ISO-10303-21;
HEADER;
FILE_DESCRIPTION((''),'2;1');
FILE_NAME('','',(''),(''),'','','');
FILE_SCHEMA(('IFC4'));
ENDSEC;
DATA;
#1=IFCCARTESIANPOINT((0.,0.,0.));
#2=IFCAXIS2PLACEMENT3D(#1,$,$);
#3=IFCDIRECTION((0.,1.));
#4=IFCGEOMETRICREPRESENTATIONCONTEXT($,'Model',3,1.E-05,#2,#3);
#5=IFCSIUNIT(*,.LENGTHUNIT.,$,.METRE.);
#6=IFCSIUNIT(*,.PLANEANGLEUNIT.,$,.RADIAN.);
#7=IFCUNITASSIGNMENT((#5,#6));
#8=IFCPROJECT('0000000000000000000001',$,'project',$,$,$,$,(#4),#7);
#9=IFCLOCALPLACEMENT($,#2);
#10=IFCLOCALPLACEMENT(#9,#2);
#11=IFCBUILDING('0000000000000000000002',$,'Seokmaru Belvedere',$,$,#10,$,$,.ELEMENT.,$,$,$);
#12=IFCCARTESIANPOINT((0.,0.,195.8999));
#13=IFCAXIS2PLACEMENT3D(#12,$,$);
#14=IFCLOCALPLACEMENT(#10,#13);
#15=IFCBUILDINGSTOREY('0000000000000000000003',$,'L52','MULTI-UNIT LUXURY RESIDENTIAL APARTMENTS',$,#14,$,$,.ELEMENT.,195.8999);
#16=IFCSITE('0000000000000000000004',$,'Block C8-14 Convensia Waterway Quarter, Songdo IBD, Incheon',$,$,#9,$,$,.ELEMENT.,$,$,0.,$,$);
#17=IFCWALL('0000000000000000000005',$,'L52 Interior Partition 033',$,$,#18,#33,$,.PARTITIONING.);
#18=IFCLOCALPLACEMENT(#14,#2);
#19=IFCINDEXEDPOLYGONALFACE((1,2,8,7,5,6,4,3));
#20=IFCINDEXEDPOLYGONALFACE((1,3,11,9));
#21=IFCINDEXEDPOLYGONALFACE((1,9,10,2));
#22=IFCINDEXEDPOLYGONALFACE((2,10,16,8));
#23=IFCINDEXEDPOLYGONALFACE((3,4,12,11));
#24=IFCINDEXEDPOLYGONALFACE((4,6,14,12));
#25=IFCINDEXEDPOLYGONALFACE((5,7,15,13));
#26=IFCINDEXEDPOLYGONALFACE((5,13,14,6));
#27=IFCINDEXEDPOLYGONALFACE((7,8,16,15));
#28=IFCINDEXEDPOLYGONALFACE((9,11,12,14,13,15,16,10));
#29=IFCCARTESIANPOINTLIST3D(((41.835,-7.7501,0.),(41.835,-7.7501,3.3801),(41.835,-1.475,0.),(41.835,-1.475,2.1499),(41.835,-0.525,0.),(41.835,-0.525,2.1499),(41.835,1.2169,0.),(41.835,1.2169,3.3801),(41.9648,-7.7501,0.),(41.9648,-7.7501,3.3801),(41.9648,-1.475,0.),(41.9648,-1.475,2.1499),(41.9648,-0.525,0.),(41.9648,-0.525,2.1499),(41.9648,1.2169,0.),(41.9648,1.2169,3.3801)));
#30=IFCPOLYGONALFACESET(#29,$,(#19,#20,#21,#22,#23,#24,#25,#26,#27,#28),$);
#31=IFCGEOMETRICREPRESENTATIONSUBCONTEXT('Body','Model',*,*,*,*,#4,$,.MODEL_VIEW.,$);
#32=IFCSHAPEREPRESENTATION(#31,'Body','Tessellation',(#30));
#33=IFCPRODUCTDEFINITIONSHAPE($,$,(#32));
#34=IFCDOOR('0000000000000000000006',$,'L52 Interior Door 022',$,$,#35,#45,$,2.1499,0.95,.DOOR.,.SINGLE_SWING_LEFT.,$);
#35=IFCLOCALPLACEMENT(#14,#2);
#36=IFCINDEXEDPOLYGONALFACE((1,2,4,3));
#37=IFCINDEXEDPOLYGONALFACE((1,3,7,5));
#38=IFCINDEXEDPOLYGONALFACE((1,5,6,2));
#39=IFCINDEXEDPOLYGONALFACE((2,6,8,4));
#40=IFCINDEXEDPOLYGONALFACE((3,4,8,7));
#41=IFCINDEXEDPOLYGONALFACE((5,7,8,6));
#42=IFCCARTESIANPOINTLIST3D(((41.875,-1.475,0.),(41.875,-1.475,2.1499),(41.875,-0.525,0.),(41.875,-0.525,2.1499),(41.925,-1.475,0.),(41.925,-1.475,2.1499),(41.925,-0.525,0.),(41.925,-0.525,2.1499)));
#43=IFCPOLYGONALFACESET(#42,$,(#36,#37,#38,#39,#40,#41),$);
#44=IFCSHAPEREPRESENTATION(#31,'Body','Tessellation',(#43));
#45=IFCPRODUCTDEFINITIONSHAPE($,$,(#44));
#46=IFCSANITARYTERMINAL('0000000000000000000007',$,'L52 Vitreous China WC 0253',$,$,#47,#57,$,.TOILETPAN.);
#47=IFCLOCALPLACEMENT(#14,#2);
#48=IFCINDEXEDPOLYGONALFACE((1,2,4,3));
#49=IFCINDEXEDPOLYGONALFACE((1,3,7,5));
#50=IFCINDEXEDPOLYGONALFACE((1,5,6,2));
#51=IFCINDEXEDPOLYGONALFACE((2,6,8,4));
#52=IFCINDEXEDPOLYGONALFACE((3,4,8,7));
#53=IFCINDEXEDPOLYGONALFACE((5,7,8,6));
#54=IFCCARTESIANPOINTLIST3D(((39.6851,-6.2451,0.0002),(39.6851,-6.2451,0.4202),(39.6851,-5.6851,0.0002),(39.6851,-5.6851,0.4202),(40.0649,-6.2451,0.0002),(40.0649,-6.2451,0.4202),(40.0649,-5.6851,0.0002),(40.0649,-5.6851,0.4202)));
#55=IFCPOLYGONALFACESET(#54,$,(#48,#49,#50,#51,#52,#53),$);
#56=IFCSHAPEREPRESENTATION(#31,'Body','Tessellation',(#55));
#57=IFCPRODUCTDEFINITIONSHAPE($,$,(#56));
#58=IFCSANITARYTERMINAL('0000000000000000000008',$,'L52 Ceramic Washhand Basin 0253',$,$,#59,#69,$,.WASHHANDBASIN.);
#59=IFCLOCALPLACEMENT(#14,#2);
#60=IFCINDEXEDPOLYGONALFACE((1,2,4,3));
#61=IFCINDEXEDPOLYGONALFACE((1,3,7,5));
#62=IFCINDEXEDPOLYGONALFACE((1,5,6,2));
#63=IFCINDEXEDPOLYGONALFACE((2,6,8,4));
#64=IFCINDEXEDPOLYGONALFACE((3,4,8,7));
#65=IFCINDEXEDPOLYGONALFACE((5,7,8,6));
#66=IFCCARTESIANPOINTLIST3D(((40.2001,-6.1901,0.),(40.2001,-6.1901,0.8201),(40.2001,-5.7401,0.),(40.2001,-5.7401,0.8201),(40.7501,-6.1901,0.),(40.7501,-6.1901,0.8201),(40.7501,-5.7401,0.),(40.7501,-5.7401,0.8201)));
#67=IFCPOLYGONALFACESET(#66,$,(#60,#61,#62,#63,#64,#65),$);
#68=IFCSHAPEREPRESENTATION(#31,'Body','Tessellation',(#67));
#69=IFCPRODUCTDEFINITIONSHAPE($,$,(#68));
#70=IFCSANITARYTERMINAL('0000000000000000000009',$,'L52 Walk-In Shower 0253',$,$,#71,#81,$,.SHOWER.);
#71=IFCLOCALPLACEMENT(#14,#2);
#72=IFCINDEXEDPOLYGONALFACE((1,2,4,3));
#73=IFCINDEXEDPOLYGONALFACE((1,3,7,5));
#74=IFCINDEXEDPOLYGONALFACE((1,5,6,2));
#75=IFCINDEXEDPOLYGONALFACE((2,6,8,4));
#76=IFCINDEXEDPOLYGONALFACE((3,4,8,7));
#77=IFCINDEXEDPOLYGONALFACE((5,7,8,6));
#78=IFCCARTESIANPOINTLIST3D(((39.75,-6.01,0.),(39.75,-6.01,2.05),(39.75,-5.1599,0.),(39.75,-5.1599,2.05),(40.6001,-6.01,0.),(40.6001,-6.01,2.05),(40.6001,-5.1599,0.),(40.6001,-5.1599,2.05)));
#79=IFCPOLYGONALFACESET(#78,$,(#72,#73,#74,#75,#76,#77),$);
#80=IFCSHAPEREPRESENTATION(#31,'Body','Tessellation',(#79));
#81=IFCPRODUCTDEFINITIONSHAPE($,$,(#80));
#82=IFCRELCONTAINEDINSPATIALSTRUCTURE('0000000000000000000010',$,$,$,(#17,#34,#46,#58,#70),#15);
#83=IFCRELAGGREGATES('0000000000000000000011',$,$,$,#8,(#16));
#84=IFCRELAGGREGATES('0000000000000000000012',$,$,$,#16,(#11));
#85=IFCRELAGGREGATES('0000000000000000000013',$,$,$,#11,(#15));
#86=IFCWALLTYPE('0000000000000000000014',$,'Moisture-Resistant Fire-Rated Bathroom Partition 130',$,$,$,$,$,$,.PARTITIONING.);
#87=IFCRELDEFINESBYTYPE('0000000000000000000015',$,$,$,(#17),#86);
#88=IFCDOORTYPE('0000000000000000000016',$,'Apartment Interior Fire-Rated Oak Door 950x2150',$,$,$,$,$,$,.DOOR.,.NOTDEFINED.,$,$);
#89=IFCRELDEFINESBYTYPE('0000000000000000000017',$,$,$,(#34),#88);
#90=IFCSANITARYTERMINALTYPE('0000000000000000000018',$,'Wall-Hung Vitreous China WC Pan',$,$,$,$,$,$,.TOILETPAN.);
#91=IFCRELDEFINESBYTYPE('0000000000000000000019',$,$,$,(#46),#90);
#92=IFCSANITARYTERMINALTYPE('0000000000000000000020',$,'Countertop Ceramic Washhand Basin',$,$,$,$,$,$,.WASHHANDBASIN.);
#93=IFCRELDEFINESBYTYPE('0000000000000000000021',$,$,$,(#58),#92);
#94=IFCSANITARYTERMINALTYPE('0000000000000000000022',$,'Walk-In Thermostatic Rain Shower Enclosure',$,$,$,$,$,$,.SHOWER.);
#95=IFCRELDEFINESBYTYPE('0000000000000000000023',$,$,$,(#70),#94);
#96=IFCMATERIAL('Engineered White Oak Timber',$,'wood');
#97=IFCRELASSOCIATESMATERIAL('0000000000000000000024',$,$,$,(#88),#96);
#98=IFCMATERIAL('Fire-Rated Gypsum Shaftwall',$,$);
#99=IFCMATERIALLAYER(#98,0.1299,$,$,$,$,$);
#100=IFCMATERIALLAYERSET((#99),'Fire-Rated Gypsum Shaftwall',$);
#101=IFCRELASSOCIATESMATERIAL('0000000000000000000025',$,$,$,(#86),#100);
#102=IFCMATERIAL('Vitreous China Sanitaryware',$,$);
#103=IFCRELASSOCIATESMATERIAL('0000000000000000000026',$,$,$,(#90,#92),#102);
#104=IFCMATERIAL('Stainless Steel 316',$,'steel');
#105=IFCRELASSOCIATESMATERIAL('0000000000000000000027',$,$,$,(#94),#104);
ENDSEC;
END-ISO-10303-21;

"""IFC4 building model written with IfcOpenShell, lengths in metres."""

from ifc_helpers import new_model, si_unit, direction, frame, frame_2d, origin, origin_2d, place, context, subcontext, project, spatial, rectangle, extrude, source, transform, mapped, material, layer, layer_set, type_object, type_shapes, element, fill, save


model = new_model("IFC4")

# Units and contexts
model_context = context("Model", 3, precision=1e-05, world=origin(), true_north=direction((0.0, 1.0)))
body_context = subcontext(model_context, "Body", "Model", "MODEL_VIEW")
ifc_project = project(units=[si_unit("LENGTHUNIT", "METRE"), si_unit("PLANEANGLEUNIT", "RADIAN")], contexts=[model_context])

# Site, building, storey
site_placement = place(None, origin())
site = spatial("IfcSite", under=ifc_project, at=site_placement, Name="Block C8-14 Convensia Waterway Quarter, Songdo IBD, Incheon", CompositionType="ELEMENT", RefElevation=0.0)
building_placement = place(site_placement, origin())
building = spatial("IfcBuilding", under=site, at=building_placement, Name="Seokmaru Belvedere", CompositionType="ELEMENT")
storey_placement = place(building_placement, frame((0.0, 0.0, 195.8999)))
storey = spatial("IfcBuildingStorey", under=building, at=storey_placement, Name="L52", Description="MULTI-UNIT LUXURY RESIDENTIAL APARTMENTS", CompositionType="ELEMENT", Elevation=195.8999)

# Shared definitions
ifc_material_1 = material(Name="Fire-Rated Gypsum Shaftwall")
ifc_material_2 = material(Name="Engineered White Oak Timber", Category="wood")
door_type_1 = type_object("IfcDoorType", Name="Apartment Interior Fire-Rated Oak Door 950x2150", OperationType="NOTDEFINED", PredefinedType="DOOR", material=ifc_material_2)
shared_shape_1 = source(origin(), body_context, "Body", "SweptSolid", [
    extrude(rectangle(XDim=0.95, YDim=2.1499, at=frame_2d((0.4751, 1.075))), frame((0.0, 0.0249, 0.0), z_axis=(0.0, -1.0, 0.0), x_axis=(1.0, 0.0, 0.0)), (0.0, 0.0, 1.0), 0.05),
])
type_shapes(door_type_1, [shared_shape_1])

# Wall, opening, door
ifc_layer_1 = layer(ifc_material_1, 0.1299)
ifc_layer_set_1 = layer_set([ifc_layer_1], Name="Fire-Rated Gypsum Shaftwall")
wall_type_1 = type_object("IfcWallType", Name="Moisture-Resistant Fire-Rated Bathroom Partition 130", PredefinedType="PARTITIONING", material=ifc_layer_set_1)
wall_1_placement = place(storey_placement, frame((41.8999, -7.75, 0.0), z_axis=(0.0, 0.0, 1.0), x_axis=(0.0, 1.0, 0.0)))
wall_1 = element("IfcWall", 1, at=wall_1_placement, inside=storey, type_object=wall_type_1, Name="L52 Interior Partition 033", PredefinedType="PARTITIONING", context=body_context, shape_type="SweptSolid", body=[
    extrude(rectangle(XDim=8.967, YDim=0.1299, at=frame_2d((4.4834, 0.0))), origin(), (0.0, 0.0, 1.0), 3.3801),
])
opening_1_placement = place(wall_1_placement, frame((6.2749, 0.0, 0.0)))
opening_1 = element("IfcOpeningElement", 2, at=opening_1_placement, cuts=wall_1, PredefinedType="OPENING", context=body_context, shape_type="SweptSolid", body=[
    extrude(rectangle(XDim=0.95, YDim=2.1499, at=frame_2d((0.4751, 1.075))), frame((0.0, 0.075, 0.0), z_axis=(0.0, -1.0, 0.0), x_axis=(1.0, 0.0, 0.0)), (0.0, 0.0, 1.0), 0.1499),
])
door_1_placement = place(opening_1_placement, origin())
door_1 = element("IfcDoor", 3, at=door_1_placement, inside=storey, type_object=door_type_1, Name="L52 Interior Door 022", OperationType="SINGLE_SWING_LEFT", OverallHeight=2.1499, OverallWidth=0.95, PredefinedType="DOOR", context=body_context, shape_type="MappedRepresentation", body=[
    mapped(shared_shape_1, transform((0.0, 0.0, 0.0), scale=1.0)),
])
fill(opening_1, door_1)

# Sanitary terminals
ifc_material_3 = material(Name="Vitreous China Sanitaryware")
sanitary_terminal_type_1 = type_object("IfcSanitaryTerminalType", Name="Wall-Hung Vitreous China WC Pan", PredefinedType="TOILETPAN", material=ifc_material_3)
shared_shape_2 = source(origin(), body_context, "Body", "SweptSolid", [
    extrude(rectangle(XDim=0.3799, YDim=0.5601, at=origin_2d()), origin(), (0.0, 0.0, 1.0), 0.4199),
])
type_shapes(sanitary_terminal_type_1, [shared_shape_2])
sanitary_terminal_1_placement = place(storey_placement, frame((39.875, -5.9651, 0.0002), z_axis=(0.0, 0.0, 1.0), x_axis=(1.0, 0.0, 0.0)))
element("IfcSanitaryTerminal", 4, at=sanitary_terminal_1_placement, inside=storey, type_object=sanitary_terminal_type_1, Name="L52 Vitreous China WC 0253", PredefinedType="TOILETPAN", context=body_context, shape_type="MappedRepresentation", body=[
    mapped(shared_shape_2, transform((0.0, 0.0, 0.0), scale=1.0)),
])
sanitary_terminal_type_2 = type_object("IfcSanitaryTerminalType", Name="Countertop Ceramic Washhand Basin", PredefinedType="WASHHANDBASIN", material=ifc_material_3)
shared_shape_3 = source(origin(), body_context, "Body", "SweptSolid", [
    extrude(rectangle(XDim=0.55, YDim=0.45, at=origin_2d()), origin(), (0.0, 0.0, 1.0), 0.8201),
])
type_shapes(sanitary_terminal_type_2, [shared_shape_3])
sanitary_terminal_2_placement = place(storey_placement, frame((40.4751, -5.9651, 0.0), z_axis=(0.0, 0.0, 1.0), x_axis=(1.0, 0.0, 0.0)))
element("IfcSanitaryTerminal", 5, at=sanitary_terminal_2_placement, inside=storey, type_object=sanitary_terminal_type_2, Name="L52 Ceramic Washhand Basin 0253", PredefinedType="WASHHANDBASIN", context=body_context, shape_type="MappedRepresentation", body=[
    mapped(shared_shape_3, transform((0.0, 0.0, 0.0), scale=1.0)),
])
ifc_material_4 = material(Name="Stainless Steel 316", Category="steel")
sanitary_terminal_type_3 = type_object("IfcSanitaryTerminalType", Name="Walk-In Thermostatic Rain Shower Enclosure", PredefinedType="SHOWER", material=ifc_material_4)
shared_shape_4 = source(origin(), body_context, "Body", "SweptSolid", [
    extrude(rectangle(XDim=0.8501, YDim=0.8501, at=origin_2d()), origin(), (0.0, 0.0, 1.0), 2.05),
])
type_shapes(sanitary_terminal_type_3, [shared_shape_4])
sanitary_terminal_3_placement = place(storey_placement, frame((40.175, -5.585, 0.0), z_axis=(0.0, 0.0, 1.0), x_axis=(1.0, 0.0, 0.0)))
element("IfcSanitaryTerminal", 6, at=sanitary_terminal_3_placement, inside=storey, type_object=sanitary_terminal_type_3, Name="L52 Walk-In Shower 0253", PredefinedType="SHOWER", context=body_context, shape_type="MappedRepresentation", body=[
    mapped(shared_shape_4, transform((0.0, 0.0, 0.0), scale=1.0)),
])

save(model, "model.ifc")
